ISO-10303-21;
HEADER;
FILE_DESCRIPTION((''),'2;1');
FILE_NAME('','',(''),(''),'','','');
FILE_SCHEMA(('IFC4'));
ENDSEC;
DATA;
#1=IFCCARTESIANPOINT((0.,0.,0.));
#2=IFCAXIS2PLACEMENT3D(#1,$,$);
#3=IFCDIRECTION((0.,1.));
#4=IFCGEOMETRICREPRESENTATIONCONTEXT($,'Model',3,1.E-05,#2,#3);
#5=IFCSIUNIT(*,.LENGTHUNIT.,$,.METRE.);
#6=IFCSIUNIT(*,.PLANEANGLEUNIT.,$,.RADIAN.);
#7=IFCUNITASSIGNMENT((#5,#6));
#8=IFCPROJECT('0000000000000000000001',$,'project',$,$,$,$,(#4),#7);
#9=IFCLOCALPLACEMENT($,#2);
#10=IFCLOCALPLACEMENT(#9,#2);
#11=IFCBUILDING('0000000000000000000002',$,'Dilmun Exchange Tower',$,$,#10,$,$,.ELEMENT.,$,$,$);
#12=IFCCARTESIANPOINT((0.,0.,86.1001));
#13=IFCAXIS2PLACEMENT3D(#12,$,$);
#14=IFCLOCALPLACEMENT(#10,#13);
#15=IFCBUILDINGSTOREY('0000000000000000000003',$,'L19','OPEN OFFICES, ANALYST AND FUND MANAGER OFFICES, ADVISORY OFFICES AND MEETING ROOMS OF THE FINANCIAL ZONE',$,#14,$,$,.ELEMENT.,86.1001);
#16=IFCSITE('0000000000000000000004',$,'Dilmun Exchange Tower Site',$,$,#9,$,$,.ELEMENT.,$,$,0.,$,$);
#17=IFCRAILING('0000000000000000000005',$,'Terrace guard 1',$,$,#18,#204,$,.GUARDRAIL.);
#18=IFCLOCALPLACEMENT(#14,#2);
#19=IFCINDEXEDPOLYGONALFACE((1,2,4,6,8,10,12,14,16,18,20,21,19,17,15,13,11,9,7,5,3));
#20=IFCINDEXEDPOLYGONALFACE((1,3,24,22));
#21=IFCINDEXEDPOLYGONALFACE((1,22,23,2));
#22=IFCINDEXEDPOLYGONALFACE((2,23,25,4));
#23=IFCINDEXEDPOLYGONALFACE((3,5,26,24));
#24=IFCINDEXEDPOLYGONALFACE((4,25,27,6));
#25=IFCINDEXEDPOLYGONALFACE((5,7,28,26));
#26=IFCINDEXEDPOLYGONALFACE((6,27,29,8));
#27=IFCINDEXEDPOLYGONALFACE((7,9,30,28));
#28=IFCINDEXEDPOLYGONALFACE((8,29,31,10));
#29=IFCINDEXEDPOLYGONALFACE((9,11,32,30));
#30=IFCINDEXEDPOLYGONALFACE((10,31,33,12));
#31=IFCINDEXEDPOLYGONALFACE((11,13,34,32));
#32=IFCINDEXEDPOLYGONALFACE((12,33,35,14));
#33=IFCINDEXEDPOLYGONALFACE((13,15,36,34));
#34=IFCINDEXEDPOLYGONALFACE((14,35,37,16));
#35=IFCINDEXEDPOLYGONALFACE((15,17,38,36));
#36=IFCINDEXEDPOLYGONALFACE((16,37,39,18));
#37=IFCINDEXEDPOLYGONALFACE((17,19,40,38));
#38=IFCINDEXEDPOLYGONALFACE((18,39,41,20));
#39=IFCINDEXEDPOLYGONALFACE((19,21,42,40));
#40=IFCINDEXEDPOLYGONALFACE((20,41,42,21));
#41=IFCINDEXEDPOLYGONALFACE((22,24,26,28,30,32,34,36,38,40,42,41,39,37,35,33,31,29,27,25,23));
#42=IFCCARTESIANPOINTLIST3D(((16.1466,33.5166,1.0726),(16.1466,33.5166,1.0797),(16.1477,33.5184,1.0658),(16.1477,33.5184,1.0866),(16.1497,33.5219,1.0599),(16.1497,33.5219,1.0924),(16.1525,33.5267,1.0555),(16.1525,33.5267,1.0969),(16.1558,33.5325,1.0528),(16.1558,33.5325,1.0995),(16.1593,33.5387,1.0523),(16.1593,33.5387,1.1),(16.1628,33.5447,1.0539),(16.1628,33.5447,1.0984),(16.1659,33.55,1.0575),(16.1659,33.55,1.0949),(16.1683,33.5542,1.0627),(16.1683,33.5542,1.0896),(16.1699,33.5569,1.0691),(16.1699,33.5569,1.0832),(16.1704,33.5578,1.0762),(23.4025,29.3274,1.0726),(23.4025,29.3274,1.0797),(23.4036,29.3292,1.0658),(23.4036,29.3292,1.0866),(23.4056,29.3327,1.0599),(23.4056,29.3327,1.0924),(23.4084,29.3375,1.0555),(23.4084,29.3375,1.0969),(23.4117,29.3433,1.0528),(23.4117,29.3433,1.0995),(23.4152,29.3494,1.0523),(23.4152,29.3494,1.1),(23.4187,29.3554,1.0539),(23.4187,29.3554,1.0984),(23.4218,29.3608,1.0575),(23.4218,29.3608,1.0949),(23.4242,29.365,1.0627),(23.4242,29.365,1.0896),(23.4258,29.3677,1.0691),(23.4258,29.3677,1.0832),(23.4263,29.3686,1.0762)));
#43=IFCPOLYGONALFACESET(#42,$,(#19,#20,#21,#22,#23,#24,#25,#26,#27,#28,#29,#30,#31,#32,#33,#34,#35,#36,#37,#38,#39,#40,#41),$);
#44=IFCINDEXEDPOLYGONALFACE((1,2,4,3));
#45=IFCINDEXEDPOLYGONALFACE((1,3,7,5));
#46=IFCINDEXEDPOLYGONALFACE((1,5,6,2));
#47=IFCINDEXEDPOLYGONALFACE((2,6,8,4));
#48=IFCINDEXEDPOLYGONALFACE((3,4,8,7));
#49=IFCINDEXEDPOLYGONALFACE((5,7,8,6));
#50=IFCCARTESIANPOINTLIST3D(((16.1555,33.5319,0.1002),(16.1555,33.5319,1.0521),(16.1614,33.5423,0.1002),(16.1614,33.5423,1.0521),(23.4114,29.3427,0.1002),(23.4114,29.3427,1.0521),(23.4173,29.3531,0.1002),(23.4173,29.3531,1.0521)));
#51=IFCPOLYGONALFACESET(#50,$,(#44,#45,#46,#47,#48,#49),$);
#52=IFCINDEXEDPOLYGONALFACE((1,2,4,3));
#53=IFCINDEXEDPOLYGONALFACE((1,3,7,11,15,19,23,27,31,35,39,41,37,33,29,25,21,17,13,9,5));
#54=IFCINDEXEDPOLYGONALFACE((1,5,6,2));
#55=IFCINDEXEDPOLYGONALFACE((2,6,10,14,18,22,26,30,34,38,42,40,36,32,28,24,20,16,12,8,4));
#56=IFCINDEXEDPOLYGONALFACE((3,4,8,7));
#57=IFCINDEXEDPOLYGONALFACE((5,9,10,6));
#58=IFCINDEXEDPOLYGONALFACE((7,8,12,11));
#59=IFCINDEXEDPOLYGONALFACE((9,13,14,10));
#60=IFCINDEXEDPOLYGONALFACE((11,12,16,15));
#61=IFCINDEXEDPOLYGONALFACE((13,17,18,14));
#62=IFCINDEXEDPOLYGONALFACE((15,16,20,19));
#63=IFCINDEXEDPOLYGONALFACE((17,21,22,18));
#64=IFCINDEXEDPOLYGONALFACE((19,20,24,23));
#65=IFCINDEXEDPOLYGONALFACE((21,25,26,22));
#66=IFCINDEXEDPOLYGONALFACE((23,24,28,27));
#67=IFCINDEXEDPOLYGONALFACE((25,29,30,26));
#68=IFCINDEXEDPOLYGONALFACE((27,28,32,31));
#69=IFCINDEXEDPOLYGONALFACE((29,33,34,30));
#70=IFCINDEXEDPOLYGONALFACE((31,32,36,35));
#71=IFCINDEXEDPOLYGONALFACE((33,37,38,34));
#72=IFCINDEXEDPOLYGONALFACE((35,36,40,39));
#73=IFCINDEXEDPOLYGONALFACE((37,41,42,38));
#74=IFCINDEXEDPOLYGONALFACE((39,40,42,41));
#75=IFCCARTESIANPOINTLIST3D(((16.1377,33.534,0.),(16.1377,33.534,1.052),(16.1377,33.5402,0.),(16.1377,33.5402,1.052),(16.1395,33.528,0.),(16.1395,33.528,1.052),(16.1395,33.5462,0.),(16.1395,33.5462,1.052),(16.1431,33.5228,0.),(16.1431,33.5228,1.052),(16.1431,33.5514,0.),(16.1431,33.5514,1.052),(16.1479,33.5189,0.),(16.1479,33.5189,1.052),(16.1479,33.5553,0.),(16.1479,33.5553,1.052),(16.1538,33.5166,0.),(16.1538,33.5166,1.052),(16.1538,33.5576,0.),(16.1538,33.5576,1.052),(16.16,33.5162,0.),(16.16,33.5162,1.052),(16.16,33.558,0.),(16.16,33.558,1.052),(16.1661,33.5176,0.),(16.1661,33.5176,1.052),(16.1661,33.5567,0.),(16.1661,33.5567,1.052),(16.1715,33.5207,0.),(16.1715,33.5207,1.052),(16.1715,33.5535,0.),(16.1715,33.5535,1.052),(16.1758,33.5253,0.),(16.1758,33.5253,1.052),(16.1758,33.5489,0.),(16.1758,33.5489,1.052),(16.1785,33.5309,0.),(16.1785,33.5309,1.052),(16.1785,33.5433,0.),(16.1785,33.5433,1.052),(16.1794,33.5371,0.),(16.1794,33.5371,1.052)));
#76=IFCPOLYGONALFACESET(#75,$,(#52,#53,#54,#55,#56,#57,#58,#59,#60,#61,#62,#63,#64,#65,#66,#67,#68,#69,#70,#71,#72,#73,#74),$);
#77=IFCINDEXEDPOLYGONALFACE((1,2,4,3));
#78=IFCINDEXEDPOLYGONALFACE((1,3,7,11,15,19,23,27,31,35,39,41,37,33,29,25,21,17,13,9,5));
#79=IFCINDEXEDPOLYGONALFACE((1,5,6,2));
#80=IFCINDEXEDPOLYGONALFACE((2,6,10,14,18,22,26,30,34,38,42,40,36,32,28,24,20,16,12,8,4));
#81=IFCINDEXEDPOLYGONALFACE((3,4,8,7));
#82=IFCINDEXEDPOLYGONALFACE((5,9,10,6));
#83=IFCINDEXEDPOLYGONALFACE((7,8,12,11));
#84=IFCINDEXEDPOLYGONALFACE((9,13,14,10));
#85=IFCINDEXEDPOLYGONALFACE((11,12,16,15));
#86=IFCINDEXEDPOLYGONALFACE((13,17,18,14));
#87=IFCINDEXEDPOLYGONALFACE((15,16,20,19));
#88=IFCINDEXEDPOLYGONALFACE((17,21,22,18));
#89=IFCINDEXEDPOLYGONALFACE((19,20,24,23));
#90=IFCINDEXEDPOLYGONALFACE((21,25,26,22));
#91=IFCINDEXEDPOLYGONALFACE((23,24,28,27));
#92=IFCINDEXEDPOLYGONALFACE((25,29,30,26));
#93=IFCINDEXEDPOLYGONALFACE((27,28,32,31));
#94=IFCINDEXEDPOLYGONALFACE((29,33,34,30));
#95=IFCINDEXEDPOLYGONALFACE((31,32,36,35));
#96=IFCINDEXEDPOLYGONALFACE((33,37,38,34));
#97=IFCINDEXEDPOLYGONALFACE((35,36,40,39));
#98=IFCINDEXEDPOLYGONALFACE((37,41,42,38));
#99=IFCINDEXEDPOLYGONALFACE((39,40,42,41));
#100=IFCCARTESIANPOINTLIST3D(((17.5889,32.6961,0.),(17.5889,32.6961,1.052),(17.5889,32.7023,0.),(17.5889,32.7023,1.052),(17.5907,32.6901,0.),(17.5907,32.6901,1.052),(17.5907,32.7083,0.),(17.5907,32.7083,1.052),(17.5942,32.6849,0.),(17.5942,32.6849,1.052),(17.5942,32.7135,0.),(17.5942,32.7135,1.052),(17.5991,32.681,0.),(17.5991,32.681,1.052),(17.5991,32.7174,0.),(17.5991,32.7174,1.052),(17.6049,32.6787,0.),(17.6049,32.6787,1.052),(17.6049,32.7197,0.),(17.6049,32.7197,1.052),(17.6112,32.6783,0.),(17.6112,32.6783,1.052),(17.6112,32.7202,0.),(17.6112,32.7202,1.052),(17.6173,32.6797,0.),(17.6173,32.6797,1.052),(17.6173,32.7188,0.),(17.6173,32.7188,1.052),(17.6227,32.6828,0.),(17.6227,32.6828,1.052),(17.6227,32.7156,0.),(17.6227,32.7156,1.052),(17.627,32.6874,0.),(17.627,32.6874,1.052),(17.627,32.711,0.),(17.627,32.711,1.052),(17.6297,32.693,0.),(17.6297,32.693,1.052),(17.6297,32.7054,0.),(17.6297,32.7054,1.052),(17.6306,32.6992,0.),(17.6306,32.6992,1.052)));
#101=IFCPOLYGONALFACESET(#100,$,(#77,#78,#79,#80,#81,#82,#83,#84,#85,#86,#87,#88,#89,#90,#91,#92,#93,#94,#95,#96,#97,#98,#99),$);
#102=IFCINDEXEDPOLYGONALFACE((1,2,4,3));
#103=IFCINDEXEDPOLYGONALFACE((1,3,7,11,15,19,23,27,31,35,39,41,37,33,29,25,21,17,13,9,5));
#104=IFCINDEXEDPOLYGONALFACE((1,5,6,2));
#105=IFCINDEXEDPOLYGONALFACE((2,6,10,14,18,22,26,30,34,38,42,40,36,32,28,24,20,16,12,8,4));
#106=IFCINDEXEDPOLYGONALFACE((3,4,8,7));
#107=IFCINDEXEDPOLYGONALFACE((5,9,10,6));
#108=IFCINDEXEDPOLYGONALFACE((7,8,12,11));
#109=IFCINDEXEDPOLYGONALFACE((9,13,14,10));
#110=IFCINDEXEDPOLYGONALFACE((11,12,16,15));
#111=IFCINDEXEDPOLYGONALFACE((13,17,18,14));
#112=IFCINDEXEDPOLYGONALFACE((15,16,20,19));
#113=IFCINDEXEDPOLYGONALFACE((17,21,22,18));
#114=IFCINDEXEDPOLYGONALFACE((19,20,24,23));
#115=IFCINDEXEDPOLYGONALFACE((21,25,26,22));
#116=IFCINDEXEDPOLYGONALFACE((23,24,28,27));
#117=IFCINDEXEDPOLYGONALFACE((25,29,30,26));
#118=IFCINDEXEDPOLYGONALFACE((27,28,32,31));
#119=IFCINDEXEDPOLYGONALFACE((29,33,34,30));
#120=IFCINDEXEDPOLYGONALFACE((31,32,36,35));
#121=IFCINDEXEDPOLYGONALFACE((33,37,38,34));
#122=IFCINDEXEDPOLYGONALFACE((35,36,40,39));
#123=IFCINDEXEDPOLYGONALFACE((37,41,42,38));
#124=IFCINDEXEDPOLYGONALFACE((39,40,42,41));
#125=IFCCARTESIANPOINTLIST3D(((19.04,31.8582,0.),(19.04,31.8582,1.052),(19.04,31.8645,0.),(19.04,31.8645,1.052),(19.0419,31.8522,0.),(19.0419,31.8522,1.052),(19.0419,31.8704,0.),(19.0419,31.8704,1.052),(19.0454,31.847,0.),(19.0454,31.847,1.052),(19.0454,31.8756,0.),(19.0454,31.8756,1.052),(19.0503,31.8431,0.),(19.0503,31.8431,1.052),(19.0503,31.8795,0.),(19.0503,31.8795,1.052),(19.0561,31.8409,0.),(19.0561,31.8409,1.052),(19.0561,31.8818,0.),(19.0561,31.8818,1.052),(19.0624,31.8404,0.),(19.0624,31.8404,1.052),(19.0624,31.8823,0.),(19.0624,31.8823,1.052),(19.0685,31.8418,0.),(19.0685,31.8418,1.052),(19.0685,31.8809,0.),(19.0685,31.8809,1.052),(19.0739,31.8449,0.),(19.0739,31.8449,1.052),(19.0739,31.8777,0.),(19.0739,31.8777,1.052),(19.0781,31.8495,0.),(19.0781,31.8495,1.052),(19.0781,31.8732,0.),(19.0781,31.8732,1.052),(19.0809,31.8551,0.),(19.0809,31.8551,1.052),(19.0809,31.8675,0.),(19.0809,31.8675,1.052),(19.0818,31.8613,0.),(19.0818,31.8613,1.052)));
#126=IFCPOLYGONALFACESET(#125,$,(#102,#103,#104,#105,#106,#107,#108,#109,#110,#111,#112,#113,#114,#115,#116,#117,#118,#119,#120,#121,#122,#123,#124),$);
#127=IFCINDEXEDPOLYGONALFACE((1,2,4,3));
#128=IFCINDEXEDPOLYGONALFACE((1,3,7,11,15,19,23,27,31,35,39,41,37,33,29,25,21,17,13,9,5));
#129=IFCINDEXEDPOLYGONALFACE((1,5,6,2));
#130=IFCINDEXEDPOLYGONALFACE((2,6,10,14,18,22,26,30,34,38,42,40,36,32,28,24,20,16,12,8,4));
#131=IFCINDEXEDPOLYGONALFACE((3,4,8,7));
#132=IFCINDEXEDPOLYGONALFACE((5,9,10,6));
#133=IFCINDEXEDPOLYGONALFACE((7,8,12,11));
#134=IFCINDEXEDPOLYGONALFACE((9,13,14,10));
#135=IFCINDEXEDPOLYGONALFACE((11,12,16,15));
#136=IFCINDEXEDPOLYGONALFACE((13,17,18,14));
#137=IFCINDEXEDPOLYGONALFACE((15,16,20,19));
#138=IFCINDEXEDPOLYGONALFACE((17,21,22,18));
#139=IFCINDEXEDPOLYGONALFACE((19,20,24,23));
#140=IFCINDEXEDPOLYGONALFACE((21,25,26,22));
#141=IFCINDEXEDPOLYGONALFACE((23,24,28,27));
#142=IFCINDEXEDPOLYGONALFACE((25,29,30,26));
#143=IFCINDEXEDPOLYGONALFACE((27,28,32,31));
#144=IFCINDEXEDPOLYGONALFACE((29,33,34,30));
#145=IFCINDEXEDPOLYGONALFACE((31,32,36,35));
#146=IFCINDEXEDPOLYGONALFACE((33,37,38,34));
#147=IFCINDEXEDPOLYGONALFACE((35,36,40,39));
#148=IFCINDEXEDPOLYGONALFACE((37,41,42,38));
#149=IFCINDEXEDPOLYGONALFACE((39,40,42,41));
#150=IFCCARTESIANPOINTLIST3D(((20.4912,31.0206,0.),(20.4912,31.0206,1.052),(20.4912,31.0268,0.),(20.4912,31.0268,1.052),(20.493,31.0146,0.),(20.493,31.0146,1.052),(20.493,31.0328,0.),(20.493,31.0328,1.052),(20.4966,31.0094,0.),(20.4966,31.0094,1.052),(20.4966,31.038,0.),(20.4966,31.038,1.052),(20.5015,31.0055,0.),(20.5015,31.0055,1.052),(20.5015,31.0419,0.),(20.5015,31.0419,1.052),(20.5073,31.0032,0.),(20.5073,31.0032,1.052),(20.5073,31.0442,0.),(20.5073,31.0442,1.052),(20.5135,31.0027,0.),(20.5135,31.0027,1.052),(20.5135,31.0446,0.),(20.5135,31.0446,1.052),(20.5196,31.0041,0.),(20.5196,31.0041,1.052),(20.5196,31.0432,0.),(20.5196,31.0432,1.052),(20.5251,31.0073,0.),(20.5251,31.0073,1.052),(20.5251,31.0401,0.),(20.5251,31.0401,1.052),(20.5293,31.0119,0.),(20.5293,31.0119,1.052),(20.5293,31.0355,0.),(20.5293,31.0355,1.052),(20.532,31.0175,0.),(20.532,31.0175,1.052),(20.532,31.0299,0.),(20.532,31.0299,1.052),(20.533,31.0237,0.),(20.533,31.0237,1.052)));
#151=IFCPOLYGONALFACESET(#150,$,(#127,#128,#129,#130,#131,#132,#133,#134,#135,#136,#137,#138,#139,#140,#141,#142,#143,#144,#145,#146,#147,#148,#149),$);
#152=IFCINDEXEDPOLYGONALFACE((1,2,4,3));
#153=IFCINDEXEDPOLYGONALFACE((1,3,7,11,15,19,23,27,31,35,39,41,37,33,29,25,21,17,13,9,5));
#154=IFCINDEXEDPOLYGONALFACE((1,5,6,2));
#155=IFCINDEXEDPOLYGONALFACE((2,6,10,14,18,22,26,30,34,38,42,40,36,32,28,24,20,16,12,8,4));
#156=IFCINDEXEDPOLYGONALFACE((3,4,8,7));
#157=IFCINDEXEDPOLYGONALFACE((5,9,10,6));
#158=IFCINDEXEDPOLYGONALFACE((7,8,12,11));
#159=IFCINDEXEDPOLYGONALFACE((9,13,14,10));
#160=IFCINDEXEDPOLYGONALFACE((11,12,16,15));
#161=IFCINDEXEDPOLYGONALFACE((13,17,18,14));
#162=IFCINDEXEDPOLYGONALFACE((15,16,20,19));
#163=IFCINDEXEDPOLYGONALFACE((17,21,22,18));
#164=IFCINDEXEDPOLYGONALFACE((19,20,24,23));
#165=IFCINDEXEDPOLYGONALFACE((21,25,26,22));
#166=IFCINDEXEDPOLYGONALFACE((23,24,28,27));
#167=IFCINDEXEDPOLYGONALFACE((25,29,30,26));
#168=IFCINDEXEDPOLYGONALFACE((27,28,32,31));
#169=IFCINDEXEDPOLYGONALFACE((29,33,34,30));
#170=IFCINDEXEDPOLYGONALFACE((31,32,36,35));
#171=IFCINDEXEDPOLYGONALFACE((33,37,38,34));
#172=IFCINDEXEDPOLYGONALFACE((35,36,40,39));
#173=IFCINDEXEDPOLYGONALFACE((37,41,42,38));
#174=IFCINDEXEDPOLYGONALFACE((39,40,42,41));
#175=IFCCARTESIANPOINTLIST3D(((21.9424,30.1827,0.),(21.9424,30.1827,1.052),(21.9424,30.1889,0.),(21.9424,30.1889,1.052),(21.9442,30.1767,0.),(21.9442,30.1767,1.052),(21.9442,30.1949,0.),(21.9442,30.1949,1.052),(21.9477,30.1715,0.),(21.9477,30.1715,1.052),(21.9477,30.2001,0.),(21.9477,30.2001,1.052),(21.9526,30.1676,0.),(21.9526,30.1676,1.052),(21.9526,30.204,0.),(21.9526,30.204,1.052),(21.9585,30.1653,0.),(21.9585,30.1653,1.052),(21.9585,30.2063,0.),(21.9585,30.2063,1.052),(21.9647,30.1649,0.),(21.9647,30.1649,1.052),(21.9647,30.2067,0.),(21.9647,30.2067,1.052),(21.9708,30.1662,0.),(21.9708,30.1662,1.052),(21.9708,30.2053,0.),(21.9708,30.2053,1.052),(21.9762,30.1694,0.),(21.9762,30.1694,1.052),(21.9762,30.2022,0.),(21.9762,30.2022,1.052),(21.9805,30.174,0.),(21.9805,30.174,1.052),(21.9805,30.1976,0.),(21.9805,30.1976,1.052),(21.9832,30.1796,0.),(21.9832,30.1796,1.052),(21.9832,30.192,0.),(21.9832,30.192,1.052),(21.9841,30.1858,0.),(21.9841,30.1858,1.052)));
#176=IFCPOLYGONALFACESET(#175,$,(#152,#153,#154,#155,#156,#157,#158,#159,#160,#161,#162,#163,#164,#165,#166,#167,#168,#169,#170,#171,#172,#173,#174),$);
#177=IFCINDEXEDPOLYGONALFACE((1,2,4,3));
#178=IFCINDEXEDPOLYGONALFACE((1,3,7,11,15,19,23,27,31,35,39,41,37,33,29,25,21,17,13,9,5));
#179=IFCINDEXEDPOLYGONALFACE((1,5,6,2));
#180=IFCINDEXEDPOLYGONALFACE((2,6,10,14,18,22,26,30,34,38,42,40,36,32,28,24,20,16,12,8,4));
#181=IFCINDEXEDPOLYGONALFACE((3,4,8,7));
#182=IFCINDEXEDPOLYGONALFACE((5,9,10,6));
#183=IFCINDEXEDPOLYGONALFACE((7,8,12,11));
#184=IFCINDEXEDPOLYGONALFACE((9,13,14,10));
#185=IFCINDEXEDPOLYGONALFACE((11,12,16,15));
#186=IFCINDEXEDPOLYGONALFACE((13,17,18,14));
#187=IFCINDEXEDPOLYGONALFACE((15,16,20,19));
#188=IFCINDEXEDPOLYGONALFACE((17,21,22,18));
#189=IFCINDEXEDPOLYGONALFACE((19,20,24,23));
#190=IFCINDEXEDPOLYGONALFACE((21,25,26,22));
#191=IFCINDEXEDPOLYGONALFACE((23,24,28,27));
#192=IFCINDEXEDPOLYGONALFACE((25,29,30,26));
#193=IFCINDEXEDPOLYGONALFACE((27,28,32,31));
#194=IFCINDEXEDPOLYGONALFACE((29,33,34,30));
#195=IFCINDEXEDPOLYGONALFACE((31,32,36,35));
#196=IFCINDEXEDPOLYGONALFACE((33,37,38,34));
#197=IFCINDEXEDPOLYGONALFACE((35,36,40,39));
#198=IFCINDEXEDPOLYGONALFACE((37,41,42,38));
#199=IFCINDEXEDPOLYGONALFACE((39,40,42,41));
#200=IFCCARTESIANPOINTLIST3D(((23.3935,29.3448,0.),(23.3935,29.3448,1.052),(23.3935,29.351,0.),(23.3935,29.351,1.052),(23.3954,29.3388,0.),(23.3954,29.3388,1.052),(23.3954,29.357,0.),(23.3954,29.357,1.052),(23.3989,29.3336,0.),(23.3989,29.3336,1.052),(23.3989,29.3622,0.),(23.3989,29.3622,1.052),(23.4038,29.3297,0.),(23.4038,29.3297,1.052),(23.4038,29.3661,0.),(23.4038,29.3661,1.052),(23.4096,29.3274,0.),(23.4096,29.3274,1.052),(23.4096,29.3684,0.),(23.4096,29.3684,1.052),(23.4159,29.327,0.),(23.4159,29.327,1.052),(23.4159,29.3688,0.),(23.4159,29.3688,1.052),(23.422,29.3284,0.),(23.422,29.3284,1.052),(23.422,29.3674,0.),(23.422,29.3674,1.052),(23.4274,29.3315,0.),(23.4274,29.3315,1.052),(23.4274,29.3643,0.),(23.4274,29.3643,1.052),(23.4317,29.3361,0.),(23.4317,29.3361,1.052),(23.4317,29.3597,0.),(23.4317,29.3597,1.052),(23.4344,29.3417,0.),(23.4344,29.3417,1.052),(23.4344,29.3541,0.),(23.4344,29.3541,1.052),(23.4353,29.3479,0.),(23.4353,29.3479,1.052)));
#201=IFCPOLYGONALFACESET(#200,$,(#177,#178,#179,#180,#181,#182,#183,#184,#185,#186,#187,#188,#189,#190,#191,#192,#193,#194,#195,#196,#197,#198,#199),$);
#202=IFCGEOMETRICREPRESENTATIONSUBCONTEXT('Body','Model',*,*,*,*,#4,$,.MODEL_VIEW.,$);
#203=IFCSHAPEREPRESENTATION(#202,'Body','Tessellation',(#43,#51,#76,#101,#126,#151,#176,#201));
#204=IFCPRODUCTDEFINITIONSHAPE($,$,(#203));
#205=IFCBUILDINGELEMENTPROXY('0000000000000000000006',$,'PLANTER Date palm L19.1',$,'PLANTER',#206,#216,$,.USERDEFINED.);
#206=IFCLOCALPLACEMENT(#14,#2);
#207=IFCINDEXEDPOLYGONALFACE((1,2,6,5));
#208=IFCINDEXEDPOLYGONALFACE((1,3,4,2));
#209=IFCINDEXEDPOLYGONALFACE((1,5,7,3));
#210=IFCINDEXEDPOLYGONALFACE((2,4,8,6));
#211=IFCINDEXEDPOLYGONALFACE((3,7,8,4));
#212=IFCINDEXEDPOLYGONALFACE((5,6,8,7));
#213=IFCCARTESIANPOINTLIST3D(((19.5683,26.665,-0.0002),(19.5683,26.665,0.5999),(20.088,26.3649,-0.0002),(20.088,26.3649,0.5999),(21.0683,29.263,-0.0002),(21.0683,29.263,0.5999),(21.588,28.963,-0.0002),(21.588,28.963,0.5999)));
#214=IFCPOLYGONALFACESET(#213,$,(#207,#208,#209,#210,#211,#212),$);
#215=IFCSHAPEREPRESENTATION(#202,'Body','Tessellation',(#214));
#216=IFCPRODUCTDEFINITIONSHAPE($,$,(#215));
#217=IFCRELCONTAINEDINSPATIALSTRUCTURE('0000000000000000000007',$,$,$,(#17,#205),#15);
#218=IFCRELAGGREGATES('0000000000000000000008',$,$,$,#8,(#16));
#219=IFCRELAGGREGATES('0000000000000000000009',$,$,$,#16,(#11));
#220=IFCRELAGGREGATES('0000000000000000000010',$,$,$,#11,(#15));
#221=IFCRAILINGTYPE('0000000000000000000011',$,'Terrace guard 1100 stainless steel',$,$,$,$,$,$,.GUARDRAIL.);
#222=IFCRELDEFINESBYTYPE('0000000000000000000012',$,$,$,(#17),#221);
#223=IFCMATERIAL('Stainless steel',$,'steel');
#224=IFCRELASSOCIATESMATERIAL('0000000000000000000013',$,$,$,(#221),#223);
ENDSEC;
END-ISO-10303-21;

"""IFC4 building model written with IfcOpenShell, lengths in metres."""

from ifc_helpers import new_model, si_unit, direction, frame, origin, origin_2d, place, context, subcontext, project, spatial, rectangle, circle, extrude, material, type_object, element, save


model = new_model("IFC4")

# Units and contexts
model_context = context("Model", 3, precision=1e-05, world=origin(), true_north=direction((0.0, 1.0)))
body_context = subcontext(model_context, "Body", "Model", "MODEL_VIEW")
ifc_project = project(units=[si_unit("LENGTHUNIT", "METRE"), si_unit("PLANEANGLEUNIT", "RADIAN")], contexts=[model_context])

# Site, building, storey
site_placement = place(None, origin())
site = spatial("IfcSite", under=ifc_project, at=site_placement, Name="Dilmun Exchange Tower Site", CompositionType="ELEMENT", RefElevation=0.0)
building_placement = place(site_placement, origin())
building = spatial("IfcBuilding", under=site, at=building_placement, Name="Dilmun Exchange Tower", CompositionType="ELEMENT")
storey_placement = place(building_placement, frame((0.0, 0.0, 86.1001)))
storey = spatial("IfcBuildingStorey", under=building, at=storey_placement, Name="L19", Description="OPEN OFFICES, ANALYST AND FUND MANAGER OFFICES, ADVISORY OFFICES AND MEETING ROOMS OF THE FINANCIAL ZONE", CompositionType="ELEMENT", Elevation=86.1001)

# Railing
ifc_material_1 = material(Name="Stainless steel", Category="steel")
railing_type = type_object("IfcRailingType", Name="Terrace guard 1100 stainless steel", PredefinedType="GUARDRAIL", material=ifc_material_1)
railing_placement = place(storey_placement, frame((16.1584, 33.5371, 0.0)))
element("IfcRailing", 1, at=railing_placement, inside=storey, type_object=railing_type, Name="Terrace guard 1", PredefinedType="GUARDRAIL", context=body_context, shape_type="SweptSolid", body=[
    extrude(circle(Radius=0.0239, at=origin_2d()), frame((0.0, 0.0, 1.0762), z_axis=(0.866024, -0.500003, 0.0), x_axis=(0.500003, 0.866024, 0.0)), (0.0, 0.0, 1.0), 8.3784),
    extrude(rectangle(XDim=0.012, YDim=0.9519, at=origin_2d()), frame((0.0, 0.0, 0.5762), z_axis=(0.866024, -0.500003, 0.0), x_axis=(0.500003, 0.866024, 0.0)), (0.0, 0.0, 1.0), 8.3784),
    extrude(circle(Radius=0.021, at=origin_2d()), origin(), (0.0, 0.0, 1.0), 1.052),
    extrude(circle(Radius=0.021, at=origin_2d()), frame((1.4512, -0.8379, 0.0)), (0.0, 0.0, 1.0), 1.052),
    extrude(circle(Radius=0.021, at=origin_2d()), frame((2.9023, -1.6758, 0.0)), (0.0, 0.0, 1.0), 1.052),
    extrude(circle(Radius=0.021, at=origin_2d()), frame((4.3535, -2.5134, 0.0)), (0.0, 0.0, 1.0), 1.052),
    extrude(circle(Radius=0.021, at=origin_2d()), frame((5.8047, -3.3513, 0.0)), (0.0, 0.0, 1.0), 1.052),
    extrude(circle(Radius=0.021, at=origin_2d()), frame((7.2559, -4.1892, 0.0)), (0.0, 0.0, 1.0), 1.052),
])

# Building element proxy
for number, where, z_axis, x_axis, name in (
    (2, (20.5781, 27.814, -0.0002), (0.0, 0.0, 1.0), (0.5, 0.866025, 0.0), "PLANTER Date palm L19.1"),
):
    element("IfcBuildingElementProxy", number, at=place(storey_placement, frame(where, z_axis=z_axis, x_axis=x_axis)), inside=storey, Name=name, ObjectType="PLANTER", PredefinedType="USERDEFINED", context=body_context, shape_type="SweptSolid", body=[
        extrude(rectangle(XDim=3.0, YDim=0.6001, at=origin_2d()), origin(), (0.0, 0.0, 1.0), 0.6001),
    ])

save(model, "model.ifc")
